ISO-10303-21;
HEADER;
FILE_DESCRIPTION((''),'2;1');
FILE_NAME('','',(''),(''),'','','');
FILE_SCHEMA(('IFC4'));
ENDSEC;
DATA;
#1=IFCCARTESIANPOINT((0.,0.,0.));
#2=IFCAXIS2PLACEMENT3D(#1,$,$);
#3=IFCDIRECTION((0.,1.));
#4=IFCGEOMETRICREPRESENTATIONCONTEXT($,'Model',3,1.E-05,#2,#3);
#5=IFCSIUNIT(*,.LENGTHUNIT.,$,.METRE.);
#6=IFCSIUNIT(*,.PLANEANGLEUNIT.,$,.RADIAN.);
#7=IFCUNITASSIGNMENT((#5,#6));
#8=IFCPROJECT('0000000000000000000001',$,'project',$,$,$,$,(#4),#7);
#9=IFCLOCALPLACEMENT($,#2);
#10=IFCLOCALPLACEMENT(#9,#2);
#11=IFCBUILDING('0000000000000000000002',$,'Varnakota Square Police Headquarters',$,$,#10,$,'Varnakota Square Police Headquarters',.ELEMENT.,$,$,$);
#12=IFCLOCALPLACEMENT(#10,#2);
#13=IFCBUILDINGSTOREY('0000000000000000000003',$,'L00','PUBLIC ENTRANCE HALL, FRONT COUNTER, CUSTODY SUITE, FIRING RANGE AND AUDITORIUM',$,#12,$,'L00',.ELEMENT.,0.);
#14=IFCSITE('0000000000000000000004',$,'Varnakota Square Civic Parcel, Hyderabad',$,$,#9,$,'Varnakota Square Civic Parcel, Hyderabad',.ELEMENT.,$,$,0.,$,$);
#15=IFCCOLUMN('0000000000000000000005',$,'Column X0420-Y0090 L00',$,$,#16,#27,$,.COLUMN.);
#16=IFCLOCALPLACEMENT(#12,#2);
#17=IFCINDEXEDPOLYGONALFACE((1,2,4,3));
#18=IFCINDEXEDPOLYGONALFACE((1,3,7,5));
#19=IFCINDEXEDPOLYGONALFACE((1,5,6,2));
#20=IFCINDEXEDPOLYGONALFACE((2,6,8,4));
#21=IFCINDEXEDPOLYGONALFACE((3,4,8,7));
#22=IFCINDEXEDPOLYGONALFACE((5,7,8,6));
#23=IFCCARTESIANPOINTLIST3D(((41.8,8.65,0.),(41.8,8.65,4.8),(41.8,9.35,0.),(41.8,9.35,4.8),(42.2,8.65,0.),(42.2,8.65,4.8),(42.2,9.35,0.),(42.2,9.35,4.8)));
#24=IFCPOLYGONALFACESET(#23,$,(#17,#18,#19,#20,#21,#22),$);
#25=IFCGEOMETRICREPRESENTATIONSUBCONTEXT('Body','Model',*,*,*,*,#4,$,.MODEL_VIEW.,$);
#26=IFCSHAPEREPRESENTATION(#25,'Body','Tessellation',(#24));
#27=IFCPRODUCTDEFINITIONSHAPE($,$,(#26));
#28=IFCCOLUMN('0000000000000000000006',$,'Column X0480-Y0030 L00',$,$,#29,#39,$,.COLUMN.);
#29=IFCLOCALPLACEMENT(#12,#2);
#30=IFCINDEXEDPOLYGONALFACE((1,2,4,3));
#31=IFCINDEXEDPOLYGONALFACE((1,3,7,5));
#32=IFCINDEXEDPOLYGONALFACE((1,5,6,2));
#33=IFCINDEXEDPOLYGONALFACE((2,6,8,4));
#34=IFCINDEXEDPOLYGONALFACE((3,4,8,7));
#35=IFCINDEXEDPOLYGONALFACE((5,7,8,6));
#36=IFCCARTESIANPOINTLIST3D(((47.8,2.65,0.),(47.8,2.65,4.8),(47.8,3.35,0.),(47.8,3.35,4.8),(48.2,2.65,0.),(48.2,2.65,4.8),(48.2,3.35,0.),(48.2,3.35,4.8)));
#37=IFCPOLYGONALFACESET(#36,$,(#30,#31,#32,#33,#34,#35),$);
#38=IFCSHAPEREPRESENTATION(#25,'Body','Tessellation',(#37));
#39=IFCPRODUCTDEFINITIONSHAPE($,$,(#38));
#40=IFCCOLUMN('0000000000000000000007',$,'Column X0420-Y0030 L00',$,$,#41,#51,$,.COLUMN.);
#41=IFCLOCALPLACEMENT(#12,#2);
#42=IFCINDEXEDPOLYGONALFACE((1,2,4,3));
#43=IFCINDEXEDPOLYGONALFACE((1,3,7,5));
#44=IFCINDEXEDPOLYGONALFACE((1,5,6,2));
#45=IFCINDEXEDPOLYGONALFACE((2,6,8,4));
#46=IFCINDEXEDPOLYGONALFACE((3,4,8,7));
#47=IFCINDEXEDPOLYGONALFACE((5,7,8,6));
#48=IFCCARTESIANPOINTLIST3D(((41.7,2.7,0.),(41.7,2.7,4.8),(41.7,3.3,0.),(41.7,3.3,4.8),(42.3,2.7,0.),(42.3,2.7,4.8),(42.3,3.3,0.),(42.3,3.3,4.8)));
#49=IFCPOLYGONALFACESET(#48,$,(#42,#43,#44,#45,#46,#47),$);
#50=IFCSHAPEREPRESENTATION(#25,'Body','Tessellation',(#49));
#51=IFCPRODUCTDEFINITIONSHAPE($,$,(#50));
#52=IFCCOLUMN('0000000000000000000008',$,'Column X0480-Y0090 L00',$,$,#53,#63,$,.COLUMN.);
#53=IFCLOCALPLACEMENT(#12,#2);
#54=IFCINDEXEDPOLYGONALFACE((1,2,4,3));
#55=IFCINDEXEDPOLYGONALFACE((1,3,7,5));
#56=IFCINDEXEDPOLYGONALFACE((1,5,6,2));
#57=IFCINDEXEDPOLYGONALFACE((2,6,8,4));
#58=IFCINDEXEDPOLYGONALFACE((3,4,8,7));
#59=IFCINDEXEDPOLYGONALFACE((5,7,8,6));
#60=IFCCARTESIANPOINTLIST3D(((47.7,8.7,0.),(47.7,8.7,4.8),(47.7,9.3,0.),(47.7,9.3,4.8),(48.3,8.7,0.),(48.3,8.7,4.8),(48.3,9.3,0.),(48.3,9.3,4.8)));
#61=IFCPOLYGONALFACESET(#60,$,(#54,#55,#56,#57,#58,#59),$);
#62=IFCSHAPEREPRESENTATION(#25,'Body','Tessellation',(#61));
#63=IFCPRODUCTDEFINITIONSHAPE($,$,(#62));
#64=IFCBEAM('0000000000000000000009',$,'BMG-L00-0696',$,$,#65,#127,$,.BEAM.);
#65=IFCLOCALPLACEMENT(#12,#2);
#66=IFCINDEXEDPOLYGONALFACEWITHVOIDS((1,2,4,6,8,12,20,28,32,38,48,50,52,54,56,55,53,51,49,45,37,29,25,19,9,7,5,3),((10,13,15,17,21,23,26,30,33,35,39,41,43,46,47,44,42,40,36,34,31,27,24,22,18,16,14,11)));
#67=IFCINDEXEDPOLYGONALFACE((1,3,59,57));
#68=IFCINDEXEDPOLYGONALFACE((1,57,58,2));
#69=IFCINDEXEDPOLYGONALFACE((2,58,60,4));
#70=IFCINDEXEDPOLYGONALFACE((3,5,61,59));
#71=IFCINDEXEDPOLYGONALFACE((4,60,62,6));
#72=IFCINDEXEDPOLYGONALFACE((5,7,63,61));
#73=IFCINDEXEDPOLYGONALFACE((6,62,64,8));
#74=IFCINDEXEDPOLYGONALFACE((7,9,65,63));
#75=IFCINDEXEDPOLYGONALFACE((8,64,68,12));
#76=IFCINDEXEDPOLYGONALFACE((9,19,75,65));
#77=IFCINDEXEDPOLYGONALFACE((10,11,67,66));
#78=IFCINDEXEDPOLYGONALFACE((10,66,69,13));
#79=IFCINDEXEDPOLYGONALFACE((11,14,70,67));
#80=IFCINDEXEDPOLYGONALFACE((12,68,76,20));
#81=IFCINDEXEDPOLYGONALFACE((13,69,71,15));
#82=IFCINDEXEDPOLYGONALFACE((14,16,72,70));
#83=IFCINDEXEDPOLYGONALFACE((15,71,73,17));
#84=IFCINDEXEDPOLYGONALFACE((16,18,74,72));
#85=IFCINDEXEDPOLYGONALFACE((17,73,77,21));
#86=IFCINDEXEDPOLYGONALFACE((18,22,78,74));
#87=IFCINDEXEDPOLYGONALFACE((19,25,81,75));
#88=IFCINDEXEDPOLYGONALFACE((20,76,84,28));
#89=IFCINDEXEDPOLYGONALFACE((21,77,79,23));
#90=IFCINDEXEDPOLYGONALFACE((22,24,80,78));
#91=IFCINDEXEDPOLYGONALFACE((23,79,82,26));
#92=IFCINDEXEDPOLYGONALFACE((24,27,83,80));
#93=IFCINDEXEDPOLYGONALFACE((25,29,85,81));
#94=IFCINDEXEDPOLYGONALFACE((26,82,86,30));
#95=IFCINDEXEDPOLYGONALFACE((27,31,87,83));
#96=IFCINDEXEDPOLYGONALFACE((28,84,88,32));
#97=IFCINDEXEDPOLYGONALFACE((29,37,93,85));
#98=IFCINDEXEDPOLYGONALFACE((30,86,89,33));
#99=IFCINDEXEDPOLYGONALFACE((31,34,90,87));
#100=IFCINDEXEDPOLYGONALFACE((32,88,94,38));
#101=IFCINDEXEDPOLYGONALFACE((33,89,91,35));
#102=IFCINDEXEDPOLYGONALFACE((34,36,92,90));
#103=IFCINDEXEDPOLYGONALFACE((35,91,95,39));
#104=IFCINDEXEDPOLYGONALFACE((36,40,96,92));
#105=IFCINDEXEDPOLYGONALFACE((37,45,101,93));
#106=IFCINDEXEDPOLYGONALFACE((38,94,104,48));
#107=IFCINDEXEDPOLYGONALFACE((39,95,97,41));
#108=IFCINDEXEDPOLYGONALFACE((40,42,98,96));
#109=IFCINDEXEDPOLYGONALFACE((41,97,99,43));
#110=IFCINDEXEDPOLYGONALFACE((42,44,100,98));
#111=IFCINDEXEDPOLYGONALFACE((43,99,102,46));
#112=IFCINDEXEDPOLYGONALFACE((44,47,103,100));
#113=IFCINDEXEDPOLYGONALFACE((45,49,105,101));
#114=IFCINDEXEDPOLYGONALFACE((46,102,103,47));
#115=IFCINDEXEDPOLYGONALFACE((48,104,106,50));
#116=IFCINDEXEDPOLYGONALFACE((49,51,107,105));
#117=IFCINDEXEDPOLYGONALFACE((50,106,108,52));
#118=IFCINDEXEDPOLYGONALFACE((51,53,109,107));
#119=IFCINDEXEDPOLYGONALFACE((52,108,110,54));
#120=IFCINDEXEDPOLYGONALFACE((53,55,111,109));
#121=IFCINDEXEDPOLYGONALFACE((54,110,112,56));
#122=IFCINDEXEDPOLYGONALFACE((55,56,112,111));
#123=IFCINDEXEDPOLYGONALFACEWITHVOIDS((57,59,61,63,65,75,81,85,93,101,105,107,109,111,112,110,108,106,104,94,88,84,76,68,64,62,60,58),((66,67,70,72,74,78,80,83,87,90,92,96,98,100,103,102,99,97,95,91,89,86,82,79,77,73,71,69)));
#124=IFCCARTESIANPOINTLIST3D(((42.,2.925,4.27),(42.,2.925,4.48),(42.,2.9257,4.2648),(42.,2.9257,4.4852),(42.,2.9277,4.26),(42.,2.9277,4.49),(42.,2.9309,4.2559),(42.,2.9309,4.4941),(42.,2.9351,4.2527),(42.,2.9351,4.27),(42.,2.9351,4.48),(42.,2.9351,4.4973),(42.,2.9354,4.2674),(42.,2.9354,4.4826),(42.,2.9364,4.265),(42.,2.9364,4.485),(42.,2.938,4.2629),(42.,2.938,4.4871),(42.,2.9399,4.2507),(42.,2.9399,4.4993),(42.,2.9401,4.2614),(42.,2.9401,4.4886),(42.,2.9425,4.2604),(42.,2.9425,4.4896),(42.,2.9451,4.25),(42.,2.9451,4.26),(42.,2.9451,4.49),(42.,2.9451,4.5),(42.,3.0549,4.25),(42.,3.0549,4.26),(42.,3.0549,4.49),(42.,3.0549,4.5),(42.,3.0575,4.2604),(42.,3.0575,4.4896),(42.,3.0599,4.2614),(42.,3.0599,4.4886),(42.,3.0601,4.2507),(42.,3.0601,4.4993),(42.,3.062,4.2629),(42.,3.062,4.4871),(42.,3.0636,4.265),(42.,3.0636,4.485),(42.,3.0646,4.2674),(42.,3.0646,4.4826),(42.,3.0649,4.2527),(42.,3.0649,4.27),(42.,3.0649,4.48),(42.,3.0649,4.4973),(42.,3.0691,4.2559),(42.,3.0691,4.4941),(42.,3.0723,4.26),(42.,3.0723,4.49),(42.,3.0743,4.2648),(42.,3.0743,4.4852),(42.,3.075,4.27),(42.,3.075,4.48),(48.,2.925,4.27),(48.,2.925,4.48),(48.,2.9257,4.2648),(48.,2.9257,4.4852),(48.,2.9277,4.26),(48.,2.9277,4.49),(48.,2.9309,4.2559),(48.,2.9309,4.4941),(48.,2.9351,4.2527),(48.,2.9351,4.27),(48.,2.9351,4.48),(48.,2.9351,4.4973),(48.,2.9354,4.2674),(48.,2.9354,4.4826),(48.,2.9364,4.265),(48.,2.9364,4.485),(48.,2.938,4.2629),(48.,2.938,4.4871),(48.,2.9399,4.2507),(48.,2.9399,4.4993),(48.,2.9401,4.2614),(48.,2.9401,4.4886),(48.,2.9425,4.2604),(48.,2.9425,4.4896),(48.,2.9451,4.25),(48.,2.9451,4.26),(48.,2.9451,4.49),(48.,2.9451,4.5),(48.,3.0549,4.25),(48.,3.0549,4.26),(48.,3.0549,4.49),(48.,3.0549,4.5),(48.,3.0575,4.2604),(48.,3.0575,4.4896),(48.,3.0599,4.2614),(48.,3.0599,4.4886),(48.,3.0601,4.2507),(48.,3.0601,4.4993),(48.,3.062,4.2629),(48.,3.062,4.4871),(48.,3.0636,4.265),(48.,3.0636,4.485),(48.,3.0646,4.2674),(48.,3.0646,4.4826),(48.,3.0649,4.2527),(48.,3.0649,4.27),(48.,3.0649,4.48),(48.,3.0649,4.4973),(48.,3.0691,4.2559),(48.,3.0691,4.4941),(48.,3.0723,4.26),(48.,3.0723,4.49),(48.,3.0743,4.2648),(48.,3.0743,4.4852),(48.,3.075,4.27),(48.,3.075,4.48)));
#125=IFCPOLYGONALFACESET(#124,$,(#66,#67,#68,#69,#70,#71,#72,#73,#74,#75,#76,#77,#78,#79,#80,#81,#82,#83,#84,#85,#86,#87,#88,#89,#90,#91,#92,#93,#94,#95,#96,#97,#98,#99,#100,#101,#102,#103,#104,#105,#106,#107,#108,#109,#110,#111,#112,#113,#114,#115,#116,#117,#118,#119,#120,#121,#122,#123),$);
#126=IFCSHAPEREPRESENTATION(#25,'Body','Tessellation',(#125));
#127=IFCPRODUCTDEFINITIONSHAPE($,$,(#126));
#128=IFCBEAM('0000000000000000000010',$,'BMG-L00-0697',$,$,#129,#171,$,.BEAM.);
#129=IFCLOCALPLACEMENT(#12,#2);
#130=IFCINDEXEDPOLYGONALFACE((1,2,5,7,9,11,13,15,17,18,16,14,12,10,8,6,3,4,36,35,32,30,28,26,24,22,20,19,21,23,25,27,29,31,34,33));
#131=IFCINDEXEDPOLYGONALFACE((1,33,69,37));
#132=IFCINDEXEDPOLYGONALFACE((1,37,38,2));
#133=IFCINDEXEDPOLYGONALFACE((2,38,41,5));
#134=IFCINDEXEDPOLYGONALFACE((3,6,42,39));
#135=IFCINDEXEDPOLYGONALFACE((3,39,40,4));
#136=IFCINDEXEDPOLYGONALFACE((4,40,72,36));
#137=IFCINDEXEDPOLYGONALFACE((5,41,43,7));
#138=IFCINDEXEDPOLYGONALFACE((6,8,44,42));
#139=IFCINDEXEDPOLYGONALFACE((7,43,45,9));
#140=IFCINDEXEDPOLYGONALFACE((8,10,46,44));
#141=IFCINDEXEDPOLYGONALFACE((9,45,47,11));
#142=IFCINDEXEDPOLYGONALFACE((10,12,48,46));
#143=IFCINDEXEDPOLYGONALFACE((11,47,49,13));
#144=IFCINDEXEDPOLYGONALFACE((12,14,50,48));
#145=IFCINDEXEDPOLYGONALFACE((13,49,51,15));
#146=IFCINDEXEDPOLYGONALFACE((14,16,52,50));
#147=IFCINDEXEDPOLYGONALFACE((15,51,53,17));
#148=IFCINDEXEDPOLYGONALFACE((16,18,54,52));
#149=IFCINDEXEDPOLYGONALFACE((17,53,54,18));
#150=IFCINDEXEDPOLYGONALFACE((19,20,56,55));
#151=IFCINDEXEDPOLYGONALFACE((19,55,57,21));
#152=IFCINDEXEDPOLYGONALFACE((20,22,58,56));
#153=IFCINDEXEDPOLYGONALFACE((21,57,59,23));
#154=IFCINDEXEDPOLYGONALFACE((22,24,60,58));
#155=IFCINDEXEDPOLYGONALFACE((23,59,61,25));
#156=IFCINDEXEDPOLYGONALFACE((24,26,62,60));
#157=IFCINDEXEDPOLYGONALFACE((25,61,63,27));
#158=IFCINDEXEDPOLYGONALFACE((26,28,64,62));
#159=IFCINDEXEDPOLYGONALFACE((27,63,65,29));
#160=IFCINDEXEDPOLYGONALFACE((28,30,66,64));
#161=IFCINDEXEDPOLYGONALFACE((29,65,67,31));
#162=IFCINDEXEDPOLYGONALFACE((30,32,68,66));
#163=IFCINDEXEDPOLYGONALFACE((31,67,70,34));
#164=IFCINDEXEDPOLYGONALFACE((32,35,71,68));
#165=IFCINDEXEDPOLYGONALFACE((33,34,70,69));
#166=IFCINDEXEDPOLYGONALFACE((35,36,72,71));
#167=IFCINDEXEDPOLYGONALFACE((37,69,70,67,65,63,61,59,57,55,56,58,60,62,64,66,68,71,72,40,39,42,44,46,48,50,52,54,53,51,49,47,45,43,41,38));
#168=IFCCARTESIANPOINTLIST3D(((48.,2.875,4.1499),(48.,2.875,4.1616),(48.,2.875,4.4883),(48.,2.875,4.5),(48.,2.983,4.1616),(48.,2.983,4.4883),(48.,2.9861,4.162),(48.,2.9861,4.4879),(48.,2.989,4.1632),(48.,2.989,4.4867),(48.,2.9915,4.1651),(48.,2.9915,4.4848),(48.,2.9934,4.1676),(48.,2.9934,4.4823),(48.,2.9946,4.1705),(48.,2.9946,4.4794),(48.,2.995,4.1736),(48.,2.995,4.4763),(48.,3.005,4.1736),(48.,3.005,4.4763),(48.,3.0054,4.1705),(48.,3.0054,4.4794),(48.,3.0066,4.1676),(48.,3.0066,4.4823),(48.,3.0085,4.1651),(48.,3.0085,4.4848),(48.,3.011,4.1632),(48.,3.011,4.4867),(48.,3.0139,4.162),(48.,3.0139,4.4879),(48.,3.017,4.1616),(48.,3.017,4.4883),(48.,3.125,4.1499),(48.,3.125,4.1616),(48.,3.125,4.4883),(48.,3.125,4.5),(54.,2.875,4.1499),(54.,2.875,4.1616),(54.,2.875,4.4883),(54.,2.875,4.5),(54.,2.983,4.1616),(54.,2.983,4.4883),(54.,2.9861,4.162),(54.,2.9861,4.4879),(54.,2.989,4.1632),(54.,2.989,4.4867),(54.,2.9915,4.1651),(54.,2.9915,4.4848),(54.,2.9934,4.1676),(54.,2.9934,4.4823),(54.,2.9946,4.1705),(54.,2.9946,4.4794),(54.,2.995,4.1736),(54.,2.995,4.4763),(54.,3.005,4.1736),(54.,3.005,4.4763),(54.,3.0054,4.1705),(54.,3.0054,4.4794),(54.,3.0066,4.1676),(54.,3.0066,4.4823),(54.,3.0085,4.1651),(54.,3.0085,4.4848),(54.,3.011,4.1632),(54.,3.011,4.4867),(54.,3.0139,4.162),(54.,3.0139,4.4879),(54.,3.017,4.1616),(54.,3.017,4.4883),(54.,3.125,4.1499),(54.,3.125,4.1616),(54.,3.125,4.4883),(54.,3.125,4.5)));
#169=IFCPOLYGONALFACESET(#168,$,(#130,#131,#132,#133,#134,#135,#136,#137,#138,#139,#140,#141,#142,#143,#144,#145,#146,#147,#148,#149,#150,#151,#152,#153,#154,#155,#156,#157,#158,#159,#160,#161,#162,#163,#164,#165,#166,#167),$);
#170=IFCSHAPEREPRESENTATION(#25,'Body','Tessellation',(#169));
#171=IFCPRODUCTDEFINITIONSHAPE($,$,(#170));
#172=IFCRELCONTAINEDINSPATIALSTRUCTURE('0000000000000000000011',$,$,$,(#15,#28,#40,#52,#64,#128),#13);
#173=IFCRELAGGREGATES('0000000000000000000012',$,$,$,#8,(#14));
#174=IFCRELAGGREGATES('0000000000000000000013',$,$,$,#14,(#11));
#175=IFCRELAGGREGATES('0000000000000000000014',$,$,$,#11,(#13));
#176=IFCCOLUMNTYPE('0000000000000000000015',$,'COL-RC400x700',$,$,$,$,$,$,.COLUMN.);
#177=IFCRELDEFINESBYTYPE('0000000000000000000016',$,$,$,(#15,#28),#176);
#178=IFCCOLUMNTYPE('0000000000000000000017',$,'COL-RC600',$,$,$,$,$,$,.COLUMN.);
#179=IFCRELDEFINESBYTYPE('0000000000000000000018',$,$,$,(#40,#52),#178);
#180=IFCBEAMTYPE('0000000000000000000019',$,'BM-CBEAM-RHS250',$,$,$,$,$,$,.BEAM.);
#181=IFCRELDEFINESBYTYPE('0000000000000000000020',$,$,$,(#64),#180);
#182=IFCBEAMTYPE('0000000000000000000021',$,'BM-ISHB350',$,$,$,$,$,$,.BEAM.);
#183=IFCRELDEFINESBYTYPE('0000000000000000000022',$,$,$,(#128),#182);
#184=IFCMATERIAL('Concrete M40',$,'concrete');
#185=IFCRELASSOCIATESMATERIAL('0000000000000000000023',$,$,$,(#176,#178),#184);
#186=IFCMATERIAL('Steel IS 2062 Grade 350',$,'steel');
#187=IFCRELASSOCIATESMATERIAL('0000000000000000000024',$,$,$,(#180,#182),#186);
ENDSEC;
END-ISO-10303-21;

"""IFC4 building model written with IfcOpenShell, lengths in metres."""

from ifc_helpers import new_model, si_unit, direction, frame, origin, origin_2d, place, context, subcontext, project, spatial, rectangle, hollow_rectangle, i_section, extrude, material, material_profile, profile_set, type_object, element, save


model = new_model("IFC4")

# Units and contexts
model_context = context("Model", 3, precision=1e-05, world=origin(), true_north=direction((0.0, 1.0)))
body_context = subcontext(model_context, "Body", "Model", "MODEL_VIEW")
ifc_project = project(units=[si_unit("LENGTHUNIT", "METRE"), si_unit("PLANEANGLEUNIT", "RADIAN")], contexts=[model_context])

# Site, building, storey
site_placement = place(None, origin())
site = spatial("IfcSite", under=ifc_project, at=site_placement, Name="Varnakota Square Civic Parcel, Hyderabad", LongName="Varnakota Square Civic Parcel, Hyderabad", CompositionType="ELEMENT", RefElevation=0.0)
building_placement = place(site_placement, origin())
building = spatial("IfcBuilding", under=site, at=building_placement, Name="Varnakota Square Police Headquarters", LongName="Varnakota Square Police Headquarters", CompositionType="ELEMENT")
storey_placement = place(building_placement, origin())
storey = spatial("IfcBuildingStorey", under=building, at=storey_placement, Name="L00", Description="PUBLIC ENTRANCE HALL, FRONT COUNTER, CUSTODY SUITE, FIRING RANGE AND AUDITORIUM", LongName="L00", CompositionType="ELEMENT", Elevation=0.0)

# Columns
ifc_material_1 = material(Name="Concrete M40", Category="concrete")
ifc_material_profile_1 = material_profile(ifc_material_1, rectangle(XDim=0.3999, YDim=0.7, at=origin_2d()), Name="RC 400x700")
ifc_profile_set_1 = profile_set([ifc_material_profile_1], Name="Concrete M40")
column_type_1 = type_object("IfcColumnType", Name="COL-RC400x700", PredefinedType="COLUMN", material=ifc_profile_set_1)
for number, where, z_axis, x_axis, name in (
    (1, (42.0, 9.0, 0.0), (0.0, 0.0, 1.0), (1.0, 0.0, 0.0), "Column X0420-Y0090 L00"),
    (2, (48.0, 3.0, 0.0), (0.0, 0.0, 1.0), (1.0, 0.0, 0.0), "Column X0480-Y0030 L00"),
):
    element("IfcColumn", number, at=place(storey_placement, frame(where, z_axis=z_axis, x_axis=x_axis)), inside=storey, type_object=column_type_1, Name=name, PredefinedType="COLUMN", context=body_context, shape_type="SweptSolid", body=[
        extrude(rectangle(XDim=0.3999, YDim=0.7, at=origin_2d()), origin(), (0.0, 0.0, 1.0), 4.8),
    ])
ifc_material_profile_2 = material_profile(ifc_material_1, rectangle(XDim=0.6001, YDim=0.6001, at=origin_2d()), Name="RC 600x600")
ifc_profile_set_2 = profile_set([ifc_material_profile_2], Name="Concrete M40")
column_type_2 = type_object("IfcColumnType", Name="COL-RC600", PredefinedType="COLUMN", material=ifc_profile_set_2)
for number, where, z_axis, x_axis, name in (
    (3, (42.0, 3.0, 0.0), (0.0, 0.0, 1.0), (1.0, 0.0, 0.0), "Column X0420-Y0030 L00"),
    (4, (48.0, 9.0, 0.0), (0.0, 0.0, 1.0), (1.0, 0.0, 0.0), "Column X0480-Y0090 L00"),
):
    element("IfcColumn", number, at=place(storey_placement, frame(where, z_axis=z_axis, x_axis=x_axis)), inside=storey, type_object=column_type_2, Name=name, PredefinedType="COLUMN", context=body_context, shape_type="SweptSolid", body=[
        extrude(rectangle(XDim=0.6001, YDim=0.6001, at=origin_2d()), origin(), (0.0, 0.0, 1.0), 4.8),
    ])

# Beams
ifc_material_2 = material(Name="Steel IS 2062 Grade 350", Category="steel")
ifc_material_profile_3 = material_profile(ifc_material_2, hollow_rectangle(XDim=0.1499, YDim=0.25, WallThickness=0.01, InnerFilletRadius=0.01, OuterFilletRadius=0.02, at=origin_2d()), Name="RHS 250x150x10")
ifc_profile_set_3 = profile_set([ifc_material_profile_3], Name="Steel IS 2062 Grade 350")
beam_type_1 = type_object("IfcBeamType", Name="BM-CBEAM-RHS250", PredefinedType="BEAM", material=ifc_profile_set_3)
beam_1_placement = place(storey_placement, frame((42.0, 3.0, 4.375), z_axis=(1.0, 0.0, 0.0), x_axis=(0.0, 1.0, 0.0)))
element("IfcBeam", 5, at=beam_1_placement, inside=storey, type_object=beam_type_1, Name="BMG-L00-0696", PredefinedType="BEAM", context=body_context, shape_type="SweptSolid", body=[
    extrude(hollow_rectangle(XDim=0.1499, YDim=0.25, WallThickness=0.01, InnerFilletRadius=0.01, OuterFilletRadius=0.02, at=origin_2d()), origin(), (0.0, 0.0, 1.0), 6.0),
])
ifc_material_profile_4 = material_profile(ifc_material_2, i_section(OverallWidth=0.25, OverallDepth=0.3501, WebThickness=0.01, FlangeThickness=0.0117, FilletRadius=0.012, at=origin_2d()), Name="ISHB 350")
ifc_profile_set_4 = profile_set([ifc_material_profile_4], Name="Steel IS 2062 Grade 350")
beam_type_2 = type_object("IfcBeamType", Name="BM-ISHB350", PredefinedType="BEAM", material=ifc_profile_set_4)
beam_2_placement = place(storey_placement, frame((48.0, 3.0, 4.325), z_axis=(1.0, 0.0, 0.0), x_axis=(0.0, 1.0, 0.0)))
element("IfcBeam", 6, at=beam_2_placement, inside=storey, type_object=beam_type_2, Name="BMG-L00-0697", PredefinedType="BEAM", context=body_context, shape_type="SweptSolid", body=[
    extrude(i_section(OverallWidth=0.25, OverallDepth=0.3501, WebThickness=0.01, FlangeThickness=0.0117, FilletRadius=0.012, at=origin_2d()), origin(), (0.0, 0.0, 1.0), 6.0),
])

save(model, "model.ifc")
